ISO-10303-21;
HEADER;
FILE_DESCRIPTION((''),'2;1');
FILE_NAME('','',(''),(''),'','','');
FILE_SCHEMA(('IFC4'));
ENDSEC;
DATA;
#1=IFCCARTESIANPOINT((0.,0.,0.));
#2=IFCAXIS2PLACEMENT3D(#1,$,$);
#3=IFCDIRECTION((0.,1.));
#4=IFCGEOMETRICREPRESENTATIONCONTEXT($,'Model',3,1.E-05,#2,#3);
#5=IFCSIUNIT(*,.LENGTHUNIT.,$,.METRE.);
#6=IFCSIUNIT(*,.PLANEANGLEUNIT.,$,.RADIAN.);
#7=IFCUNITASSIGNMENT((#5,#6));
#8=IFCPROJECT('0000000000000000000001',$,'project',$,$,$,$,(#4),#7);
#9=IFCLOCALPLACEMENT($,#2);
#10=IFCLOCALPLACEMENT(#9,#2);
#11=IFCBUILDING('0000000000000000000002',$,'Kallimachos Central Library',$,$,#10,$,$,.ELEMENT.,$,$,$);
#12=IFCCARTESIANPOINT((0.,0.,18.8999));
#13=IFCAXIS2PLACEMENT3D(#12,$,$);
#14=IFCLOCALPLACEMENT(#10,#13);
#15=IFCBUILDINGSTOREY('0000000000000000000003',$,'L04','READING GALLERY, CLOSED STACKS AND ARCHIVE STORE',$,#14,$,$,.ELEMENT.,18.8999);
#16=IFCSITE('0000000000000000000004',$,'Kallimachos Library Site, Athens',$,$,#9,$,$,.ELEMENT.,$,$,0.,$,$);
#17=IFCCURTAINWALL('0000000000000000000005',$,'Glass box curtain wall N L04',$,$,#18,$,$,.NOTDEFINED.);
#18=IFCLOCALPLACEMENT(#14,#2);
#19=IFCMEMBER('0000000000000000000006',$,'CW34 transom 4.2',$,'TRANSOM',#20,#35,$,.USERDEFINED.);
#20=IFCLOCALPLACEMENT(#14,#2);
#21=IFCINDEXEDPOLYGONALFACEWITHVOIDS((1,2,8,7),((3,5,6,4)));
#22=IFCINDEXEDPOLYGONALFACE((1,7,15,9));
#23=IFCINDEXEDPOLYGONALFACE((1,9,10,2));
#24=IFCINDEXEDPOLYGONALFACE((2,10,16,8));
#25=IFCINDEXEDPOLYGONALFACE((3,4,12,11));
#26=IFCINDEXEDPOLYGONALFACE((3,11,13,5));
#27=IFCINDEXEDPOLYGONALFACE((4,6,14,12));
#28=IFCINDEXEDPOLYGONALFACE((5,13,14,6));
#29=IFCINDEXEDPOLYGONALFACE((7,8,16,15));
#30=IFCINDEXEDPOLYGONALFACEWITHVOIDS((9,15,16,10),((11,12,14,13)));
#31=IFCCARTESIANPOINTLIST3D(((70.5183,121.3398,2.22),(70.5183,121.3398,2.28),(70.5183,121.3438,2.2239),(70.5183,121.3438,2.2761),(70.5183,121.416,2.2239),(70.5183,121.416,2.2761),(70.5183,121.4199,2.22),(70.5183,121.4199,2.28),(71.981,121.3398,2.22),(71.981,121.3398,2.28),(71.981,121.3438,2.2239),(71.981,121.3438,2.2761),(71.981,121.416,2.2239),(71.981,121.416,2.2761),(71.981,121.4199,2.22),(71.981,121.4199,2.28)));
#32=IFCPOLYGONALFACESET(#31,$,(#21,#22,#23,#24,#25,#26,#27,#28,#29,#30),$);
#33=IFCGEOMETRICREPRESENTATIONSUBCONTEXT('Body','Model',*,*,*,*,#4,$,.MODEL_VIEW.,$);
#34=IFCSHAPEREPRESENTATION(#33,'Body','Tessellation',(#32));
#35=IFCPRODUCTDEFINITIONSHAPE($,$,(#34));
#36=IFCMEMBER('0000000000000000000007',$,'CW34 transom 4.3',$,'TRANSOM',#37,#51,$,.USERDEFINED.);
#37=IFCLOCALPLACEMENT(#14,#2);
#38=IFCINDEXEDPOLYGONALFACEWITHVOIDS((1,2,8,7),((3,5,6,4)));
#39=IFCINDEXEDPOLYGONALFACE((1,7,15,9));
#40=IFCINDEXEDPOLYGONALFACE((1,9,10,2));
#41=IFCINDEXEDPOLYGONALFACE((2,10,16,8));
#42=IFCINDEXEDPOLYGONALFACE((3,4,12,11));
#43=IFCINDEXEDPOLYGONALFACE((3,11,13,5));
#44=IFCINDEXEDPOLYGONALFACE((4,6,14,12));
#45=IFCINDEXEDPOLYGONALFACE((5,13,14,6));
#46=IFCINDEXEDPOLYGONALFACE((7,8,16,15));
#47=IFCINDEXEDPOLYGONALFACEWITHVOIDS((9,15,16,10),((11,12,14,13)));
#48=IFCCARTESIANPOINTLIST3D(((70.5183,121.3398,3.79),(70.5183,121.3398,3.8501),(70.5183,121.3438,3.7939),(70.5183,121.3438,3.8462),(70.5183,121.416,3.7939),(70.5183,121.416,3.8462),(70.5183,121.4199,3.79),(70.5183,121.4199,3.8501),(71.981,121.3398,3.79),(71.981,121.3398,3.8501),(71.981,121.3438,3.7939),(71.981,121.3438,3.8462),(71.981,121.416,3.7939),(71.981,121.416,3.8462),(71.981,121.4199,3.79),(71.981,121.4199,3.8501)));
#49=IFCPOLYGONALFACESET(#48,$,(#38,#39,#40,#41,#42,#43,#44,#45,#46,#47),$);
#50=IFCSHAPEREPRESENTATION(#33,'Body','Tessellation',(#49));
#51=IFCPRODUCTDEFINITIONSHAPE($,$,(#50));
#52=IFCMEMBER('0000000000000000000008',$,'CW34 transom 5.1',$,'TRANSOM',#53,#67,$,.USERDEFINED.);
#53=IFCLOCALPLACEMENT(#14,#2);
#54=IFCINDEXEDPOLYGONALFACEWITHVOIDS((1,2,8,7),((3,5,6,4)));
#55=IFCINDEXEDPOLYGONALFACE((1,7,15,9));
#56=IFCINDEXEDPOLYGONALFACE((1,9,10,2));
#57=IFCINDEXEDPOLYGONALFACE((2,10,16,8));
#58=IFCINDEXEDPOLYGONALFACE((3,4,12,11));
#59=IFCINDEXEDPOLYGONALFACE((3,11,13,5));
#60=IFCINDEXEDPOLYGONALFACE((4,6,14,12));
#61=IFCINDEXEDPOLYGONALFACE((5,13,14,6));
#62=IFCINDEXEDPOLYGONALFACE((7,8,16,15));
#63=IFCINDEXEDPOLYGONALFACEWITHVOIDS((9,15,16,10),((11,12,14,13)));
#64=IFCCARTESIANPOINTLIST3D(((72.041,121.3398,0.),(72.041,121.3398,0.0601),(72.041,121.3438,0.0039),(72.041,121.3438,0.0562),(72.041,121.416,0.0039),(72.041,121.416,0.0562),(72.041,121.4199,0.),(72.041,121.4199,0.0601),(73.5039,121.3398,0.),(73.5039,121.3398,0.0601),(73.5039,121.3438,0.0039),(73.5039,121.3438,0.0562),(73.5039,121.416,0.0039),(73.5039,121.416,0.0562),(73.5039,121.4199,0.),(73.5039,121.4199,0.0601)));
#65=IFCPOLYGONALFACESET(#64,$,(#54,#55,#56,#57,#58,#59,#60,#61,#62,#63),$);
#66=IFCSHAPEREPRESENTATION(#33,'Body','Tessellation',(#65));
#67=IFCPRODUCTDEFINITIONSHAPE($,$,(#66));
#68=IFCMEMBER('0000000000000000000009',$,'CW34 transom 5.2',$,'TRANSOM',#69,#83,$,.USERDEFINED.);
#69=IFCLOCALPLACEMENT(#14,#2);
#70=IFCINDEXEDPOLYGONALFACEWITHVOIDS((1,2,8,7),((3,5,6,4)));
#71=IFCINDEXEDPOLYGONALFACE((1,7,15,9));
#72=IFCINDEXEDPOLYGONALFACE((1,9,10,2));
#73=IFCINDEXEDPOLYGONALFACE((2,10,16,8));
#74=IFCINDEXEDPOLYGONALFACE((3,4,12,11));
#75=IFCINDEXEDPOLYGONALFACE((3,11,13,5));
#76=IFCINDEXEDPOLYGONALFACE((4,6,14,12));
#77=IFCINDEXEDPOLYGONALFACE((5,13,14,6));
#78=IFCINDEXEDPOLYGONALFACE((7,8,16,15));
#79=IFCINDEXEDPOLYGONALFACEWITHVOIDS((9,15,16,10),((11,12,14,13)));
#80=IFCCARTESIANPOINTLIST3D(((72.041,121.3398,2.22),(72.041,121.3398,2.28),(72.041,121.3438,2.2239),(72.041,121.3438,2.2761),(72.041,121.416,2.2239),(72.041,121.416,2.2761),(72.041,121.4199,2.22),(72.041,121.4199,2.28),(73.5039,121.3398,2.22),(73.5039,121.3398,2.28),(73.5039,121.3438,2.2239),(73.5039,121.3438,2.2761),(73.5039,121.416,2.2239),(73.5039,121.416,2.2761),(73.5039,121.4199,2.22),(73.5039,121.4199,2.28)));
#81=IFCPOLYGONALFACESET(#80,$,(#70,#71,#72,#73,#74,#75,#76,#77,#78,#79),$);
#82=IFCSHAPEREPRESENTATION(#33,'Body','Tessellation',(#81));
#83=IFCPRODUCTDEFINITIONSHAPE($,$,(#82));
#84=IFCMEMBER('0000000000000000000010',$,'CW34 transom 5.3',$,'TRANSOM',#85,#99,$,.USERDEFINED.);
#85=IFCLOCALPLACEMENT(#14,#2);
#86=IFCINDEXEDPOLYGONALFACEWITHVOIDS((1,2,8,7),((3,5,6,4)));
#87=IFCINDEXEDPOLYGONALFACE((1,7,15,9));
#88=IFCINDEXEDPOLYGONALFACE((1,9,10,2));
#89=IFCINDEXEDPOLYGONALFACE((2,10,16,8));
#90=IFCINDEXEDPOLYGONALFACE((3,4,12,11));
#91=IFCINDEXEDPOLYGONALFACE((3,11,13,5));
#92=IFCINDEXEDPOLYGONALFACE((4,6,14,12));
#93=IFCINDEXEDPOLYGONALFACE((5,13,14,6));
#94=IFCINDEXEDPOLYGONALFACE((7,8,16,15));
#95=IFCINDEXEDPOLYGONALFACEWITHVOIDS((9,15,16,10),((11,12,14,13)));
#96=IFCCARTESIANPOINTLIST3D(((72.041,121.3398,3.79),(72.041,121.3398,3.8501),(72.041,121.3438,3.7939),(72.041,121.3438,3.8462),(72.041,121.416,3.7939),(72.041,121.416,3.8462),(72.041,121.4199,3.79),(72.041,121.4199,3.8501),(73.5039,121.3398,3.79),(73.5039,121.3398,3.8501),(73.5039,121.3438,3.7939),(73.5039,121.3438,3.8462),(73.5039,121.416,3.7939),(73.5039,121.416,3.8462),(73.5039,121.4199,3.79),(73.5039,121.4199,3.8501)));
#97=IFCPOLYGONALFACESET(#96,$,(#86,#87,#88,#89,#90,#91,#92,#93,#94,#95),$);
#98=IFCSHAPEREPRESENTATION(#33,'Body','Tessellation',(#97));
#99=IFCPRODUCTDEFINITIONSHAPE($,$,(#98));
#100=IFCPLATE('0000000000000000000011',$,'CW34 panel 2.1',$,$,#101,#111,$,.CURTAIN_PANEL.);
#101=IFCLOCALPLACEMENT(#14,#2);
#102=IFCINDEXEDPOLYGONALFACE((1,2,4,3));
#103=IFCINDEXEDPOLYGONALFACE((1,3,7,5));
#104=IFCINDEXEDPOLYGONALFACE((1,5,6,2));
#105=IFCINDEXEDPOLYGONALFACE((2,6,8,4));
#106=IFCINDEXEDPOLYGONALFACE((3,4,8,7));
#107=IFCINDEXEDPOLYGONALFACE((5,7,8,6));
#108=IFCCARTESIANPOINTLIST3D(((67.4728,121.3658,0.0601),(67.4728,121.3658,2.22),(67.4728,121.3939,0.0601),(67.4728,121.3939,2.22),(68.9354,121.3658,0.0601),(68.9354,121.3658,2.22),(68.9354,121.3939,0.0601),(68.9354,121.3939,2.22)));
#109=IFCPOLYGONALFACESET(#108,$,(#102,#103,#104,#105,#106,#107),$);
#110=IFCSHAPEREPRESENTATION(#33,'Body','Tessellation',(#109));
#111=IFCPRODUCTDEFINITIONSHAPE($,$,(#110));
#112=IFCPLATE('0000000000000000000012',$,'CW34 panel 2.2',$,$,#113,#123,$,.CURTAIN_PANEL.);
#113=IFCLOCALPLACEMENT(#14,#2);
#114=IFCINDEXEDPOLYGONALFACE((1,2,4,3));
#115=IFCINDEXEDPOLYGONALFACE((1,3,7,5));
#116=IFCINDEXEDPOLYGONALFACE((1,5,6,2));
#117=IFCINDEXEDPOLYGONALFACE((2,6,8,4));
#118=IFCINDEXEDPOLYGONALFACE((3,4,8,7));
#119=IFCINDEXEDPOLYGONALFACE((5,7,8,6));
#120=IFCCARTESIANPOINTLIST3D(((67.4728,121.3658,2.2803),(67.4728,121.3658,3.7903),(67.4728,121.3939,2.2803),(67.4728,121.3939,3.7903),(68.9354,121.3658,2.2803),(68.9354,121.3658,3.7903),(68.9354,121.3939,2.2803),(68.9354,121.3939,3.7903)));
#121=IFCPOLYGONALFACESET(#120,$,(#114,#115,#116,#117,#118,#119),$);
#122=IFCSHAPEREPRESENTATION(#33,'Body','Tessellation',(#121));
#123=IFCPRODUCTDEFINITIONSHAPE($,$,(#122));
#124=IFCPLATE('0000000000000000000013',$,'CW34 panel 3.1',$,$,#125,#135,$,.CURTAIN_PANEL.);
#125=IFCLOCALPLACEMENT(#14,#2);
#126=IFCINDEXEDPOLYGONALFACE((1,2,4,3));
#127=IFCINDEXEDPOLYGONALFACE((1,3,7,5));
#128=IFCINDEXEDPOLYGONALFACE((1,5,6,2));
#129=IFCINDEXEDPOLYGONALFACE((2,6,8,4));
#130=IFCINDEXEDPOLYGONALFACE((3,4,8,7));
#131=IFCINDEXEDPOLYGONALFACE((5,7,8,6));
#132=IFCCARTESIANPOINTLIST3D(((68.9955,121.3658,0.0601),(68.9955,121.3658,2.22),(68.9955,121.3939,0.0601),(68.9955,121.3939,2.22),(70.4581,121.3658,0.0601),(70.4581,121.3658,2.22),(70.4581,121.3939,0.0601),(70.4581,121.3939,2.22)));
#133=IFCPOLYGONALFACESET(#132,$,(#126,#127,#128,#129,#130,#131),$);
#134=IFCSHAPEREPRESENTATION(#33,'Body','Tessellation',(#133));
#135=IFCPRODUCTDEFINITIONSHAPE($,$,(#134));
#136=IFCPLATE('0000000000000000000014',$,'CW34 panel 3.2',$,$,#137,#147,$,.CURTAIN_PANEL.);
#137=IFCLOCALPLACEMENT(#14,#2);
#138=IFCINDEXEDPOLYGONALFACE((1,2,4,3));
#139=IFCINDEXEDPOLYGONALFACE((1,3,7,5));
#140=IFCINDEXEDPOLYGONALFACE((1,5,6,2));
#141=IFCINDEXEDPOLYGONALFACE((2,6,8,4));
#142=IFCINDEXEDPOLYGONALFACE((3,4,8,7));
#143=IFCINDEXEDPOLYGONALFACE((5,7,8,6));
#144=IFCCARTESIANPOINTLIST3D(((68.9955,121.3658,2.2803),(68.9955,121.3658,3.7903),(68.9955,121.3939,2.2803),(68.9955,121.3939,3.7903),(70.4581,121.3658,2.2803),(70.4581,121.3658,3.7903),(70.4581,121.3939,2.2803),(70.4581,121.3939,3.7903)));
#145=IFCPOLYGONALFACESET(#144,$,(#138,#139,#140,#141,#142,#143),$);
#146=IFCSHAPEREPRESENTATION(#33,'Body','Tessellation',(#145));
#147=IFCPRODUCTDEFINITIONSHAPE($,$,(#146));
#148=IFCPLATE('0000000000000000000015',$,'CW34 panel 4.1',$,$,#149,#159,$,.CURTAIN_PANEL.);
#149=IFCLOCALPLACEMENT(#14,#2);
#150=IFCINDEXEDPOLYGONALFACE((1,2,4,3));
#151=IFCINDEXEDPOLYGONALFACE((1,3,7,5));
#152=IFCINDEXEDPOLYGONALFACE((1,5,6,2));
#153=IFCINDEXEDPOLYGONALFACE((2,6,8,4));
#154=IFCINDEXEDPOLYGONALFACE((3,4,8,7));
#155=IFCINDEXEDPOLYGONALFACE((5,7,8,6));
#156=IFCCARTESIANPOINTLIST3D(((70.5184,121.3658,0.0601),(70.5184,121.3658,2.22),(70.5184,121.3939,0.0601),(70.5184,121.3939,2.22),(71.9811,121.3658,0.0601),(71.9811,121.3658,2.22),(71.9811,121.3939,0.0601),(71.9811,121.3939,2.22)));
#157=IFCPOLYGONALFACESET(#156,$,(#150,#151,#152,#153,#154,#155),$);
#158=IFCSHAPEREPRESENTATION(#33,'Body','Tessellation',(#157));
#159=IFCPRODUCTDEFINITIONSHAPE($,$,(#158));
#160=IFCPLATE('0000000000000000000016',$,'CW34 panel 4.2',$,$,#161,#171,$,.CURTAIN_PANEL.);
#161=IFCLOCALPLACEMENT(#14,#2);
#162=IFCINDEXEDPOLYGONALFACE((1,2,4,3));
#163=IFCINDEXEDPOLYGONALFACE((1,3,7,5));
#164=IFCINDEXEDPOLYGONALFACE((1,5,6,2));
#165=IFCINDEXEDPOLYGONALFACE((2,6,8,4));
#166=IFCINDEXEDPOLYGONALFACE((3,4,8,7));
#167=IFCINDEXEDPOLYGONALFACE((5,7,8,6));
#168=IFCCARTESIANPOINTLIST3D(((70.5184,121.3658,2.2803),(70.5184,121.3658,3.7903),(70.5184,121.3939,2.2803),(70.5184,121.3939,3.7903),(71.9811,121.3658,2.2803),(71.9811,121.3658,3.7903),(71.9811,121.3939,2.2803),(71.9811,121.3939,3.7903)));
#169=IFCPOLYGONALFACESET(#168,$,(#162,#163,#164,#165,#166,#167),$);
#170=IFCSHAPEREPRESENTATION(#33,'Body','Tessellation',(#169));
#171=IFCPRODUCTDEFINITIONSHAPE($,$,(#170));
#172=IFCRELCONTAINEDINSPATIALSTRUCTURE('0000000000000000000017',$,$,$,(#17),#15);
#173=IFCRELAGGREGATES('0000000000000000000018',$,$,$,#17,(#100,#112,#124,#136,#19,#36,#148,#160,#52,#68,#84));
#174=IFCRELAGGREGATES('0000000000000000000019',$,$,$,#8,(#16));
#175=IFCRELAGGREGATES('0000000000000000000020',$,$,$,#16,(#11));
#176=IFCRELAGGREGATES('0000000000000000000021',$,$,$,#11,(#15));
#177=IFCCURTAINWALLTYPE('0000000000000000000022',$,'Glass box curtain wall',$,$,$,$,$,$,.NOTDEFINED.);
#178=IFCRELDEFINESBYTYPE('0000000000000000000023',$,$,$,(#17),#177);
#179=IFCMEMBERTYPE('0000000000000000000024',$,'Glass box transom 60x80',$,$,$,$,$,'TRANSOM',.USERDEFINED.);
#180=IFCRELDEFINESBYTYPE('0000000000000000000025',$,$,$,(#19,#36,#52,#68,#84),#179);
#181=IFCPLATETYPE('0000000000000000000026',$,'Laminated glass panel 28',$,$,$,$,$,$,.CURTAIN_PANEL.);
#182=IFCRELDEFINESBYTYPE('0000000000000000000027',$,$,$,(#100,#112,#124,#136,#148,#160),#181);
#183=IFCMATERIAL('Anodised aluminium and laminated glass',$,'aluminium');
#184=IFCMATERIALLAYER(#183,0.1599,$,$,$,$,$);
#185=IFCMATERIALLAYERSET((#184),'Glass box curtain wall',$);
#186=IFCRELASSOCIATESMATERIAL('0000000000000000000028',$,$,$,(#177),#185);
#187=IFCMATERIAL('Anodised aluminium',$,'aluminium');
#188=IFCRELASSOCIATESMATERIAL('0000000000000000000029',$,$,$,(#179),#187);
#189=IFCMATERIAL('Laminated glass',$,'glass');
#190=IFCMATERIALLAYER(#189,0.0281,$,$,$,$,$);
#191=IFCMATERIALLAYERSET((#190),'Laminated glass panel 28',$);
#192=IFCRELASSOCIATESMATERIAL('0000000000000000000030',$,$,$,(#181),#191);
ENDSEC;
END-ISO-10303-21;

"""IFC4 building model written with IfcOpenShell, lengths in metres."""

from ifc_helpers import new_model, si_unit, direction, frame, origin, origin_2d, place, context, subcontext, project, spatial, rectangle, hollow_rectangle, extrude, material, layer, layer_set, material_profile, profile_set, type_object, element, aggregate, save


model = new_model("IFC4")

# Units and contexts
model_context = context("Model", 3, precision=1e-05, world=origin(), true_north=direction((0.0, 1.0)))
body_context = subcontext(model_context, "Body", "Model", "MODEL_VIEW")
ifc_project = project(units=[si_unit("LENGTHUNIT", "METRE"), si_unit("PLANEANGLEUNIT", "RADIAN")], contexts=[model_context])

# Site, building, storey
site_placement = place(None, origin())
site = spatial("IfcSite", under=ifc_project, at=site_placement, Name="Kallimachos Library Site, Athens", CompositionType="ELEMENT", RefElevation=0.0)
building_placement = place(site_placement, origin())
building = spatial("IfcBuilding", under=site, at=building_placement, Name="Kallimachos Central Library", CompositionType="ELEMENT")
storey_placement = place(building_placement, frame((0.0, 0.0, 18.8999)))
storey = spatial("IfcBuildingStorey", under=building, at=storey_placement, Name="L04", Description="READING GALLERY, CLOSED STACKS AND ARCHIVE STORE", CompositionType="ELEMENT", Elevation=18.8999)

# Curtain wall, members, plates
ifc_material_1 = material(Name="Anodised aluminium and laminated glass", Category="aluminium")
ifc_layer_1 = layer(ifc_material_1, 0.1599)
ifc_layer_set_1 = layer_set([ifc_layer_1], Name="Glass box curtain wall")
curtain_wall_type = type_object("IfcCurtainWallType", Name="Glass box curtain wall", PredefinedType="NOTDEFINED", material=ifc_layer_set_1)
curtain_wall_placement = place(storey_placement, origin())
curtain_wall = element("IfcCurtainWall", 1, at=curtain_wall_placement, inside=storey, type_object=curtain_wall_type, Name="Glass box curtain wall N L04", PredefinedType="NOTDEFINED")
ifc_material_2 = material(Name="Anodised aluminium", Category="aluminium")
ifc_material_profile_1 = material_profile(ifc_material_2, hollow_rectangle(XDim=0.0601, YDim=0.0801, WallThickness=0.0039, at=origin_2d()), Name="ALU TRANSOM 60x80")
ifc_profile_set_1 = profile_set([ifc_material_profile_1], Name="Anodised aluminium")
member_type_1 = type_object("IfcMemberType", Name="Glass box transom 60x80", ElementType="TRANSOM", PredefinedType="USERDEFINED", material=ifc_profile_set_1)
member_1_placement = place(storey_placement, frame((70.5183, 121.3799, 2.25), z_axis=(1.0, 0.0, 0.0), x_axis=(0.0, 0.0, 1.0)))
member_1 = element("IfcMember", 2, at=member_1_placement, type_object=member_type_1, Name="CW34 transom 4.2", ObjectType="TRANSOM", PredefinedType="USERDEFINED", context=body_context, shape_type="SweptSolid", body=[
    extrude(hollow_rectangle(XDim=0.0601, YDim=0.0801, WallThickness=0.0039, at=origin_2d()), origin(), (0.0, 0.0, 1.0), 1.4626),
])
member_2_placement = place(storey_placement, frame((70.5183, 121.3799, 3.8201), z_axis=(1.0, 0.0, 0.0), x_axis=(0.0, 0.0, 1.0)))
member_2 = element("IfcMember", 3, at=member_2_placement, type_object=member_type_1, Name="CW34 transom 4.3", ObjectType="TRANSOM", PredefinedType="USERDEFINED", context=body_context, shape_type="SweptSolid", body=[
    extrude(hollow_rectangle(XDim=0.0601, YDim=0.0801, WallThickness=0.0039, at=origin_2d()), origin(), (0.0, 0.0, 1.0), 1.4626),
])
member_3_placement = place(storey_placement, frame((72.041, 121.3799, 0.03), z_axis=(1.0, 0.0, 0.0), x_axis=(0.0, 0.0, 1.0)))
member_3 = element("IfcMember", 4, at=member_3_placement, type_object=member_type_1, Name="CW34 transom 5.1", ObjectType="TRANSOM", PredefinedType="USERDEFINED", context=body_context, shape_type="SweptSolid", body=[
    extrude(hollow_rectangle(XDim=0.0601, YDim=0.0801, WallThickness=0.0039, at=origin_2d()), origin(), (0.0, 0.0, 1.0), 1.4629),
])
member_4_placement = place(storey_placement, frame((72.041, 121.3799, 2.25), z_axis=(1.0, 0.0, 0.0), x_axis=(0.0, 0.0, 1.0)))
member_4 = element("IfcMember", 5, at=member_4_placement, type_object=member_type_1, Name="CW34 transom 5.2", ObjectType="TRANSOM", PredefinedType="USERDEFINED", context=body_context, shape_type="SweptSolid", body=[
    extrude(hollow_rectangle(XDim=0.0601, YDim=0.0801, WallThickness=0.0039, at=origin_2d()), origin(), (0.0, 0.0, 1.0), 1.4629),
])
member_5_placement = place(storey_placement, frame((72.041, 121.3799, 3.8201), z_axis=(1.0, 0.0, 0.0), x_axis=(0.0, 0.0, 1.0)))
member_5 = element("IfcMember", 6, at=member_5_placement, type_object=member_type_1, Name="CW34 transom 5.3", ObjectType="TRANSOM", PredefinedType="USERDEFINED", context=body_context, shape_type="SweptSolid", body=[
    extrude(hollow_rectangle(XDim=0.0601, YDim=0.0801, WallThickness=0.0039, at=origin_2d()), origin(), (0.0, 0.0, 1.0), 1.4629),
])
ifc_material_3 = material(Name="Laminated glass", Category="glass")
ifc_layer_2 = layer(ifc_material_3, 0.0281)
ifc_layer_set_2 = layer_set([ifc_layer_2], Name="Laminated glass panel 28")
plate_type = type_object("IfcPlateType", Name="Laminated glass panel 28", PredefinedType="CURTAIN_PANEL", material=ifc_layer_set_2)
plate_1_placement = place(storey_placement, frame((68.2041, 121.3799, 0.0601), z_axis=(0.0, 0.0, 1.0), x_axis=(1.0, 0.0, 0.0)))
plate_1 = element("IfcPlate", 7, at=plate_1_placement, type_object=plate_type, Name="CW34 panel 2.1", PredefinedType="CURTAIN_PANEL", context=body_context, shape_type="SweptSolid", body=[
    extrude(rectangle(XDim=1.4626, YDim=0.0281, at=origin_2d()), origin(), (0.0, 0.0, 1.0), 2.1599),
])
plate_2_placement = place(storey_placement, frame((68.2041, 121.3799, 2.2803), z_axis=(0.0, 0.0, 1.0), x_axis=(1.0, 0.0, 0.0)))
plate_2 = element("IfcPlate", 8, at=plate_2_placement, type_object=plate_type, Name="CW34 panel 2.2", PredefinedType="CURTAIN_PANEL", context=body_context, shape_type="SweptSolid", body=[
    extrude(rectangle(XDim=1.4626, YDim=0.0281, at=origin_2d()), origin(), (0.0, 0.0, 1.0), 1.51),
])
plate_3_placement = place(storey_placement, frame((69.7268, 121.3799, 0.0601), z_axis=(0.0, 0.0, 1.0), x_axis=(1.0, 0.0, 0.0)))
plate_3 = element("IfcPlate", 9, at=plate_3_placement, type_object=plate_type, Name="CW34 panel 3.1", PredefinedType="CURTAIN_PANEL", context=body_context, shape_type="SweptSolid", body=[
    extrude(rectangle(XDim=1.4626, YDim=0.0281, at=origin_2d()), origin(), (0.0, 0.0, 1.0), 2.1599),
])
plate_4_placement = place(storey_placement, frame((69.7268, 121.3799, 2.2803), z_axis=(0.0, 0.0, 1.0), x_axis=(1.0, 0.0, 0.0)))
plate_4 = element("IfcPlate", 10, at=plate_4_placement, type_object=plate_type, Name="CW34 panel 3.2", PredefinedType="CURTAIN_PANEL", context=body_context, shape_type="SweptSolid", body=[
    extrude(rectangle(XDim=1.4626, YDim=0.0281, at=origin_2d()), origin(), (0.0, 0.0, 1.0), 1.51),
])
plate_5_placement = place(storey_placement, frame((71.2498, 121.3799, 0.0601), z_axis=(0.0, 0.0, 1.0), x_axis=(1.0, 0.0, 0.0)))
plate_5 = element("IfcPlate", 11, at=plate_5_placement, type_object=plate_type, Name="CW34 panel 4.1", PredefinedType="CURTAIN_PANEL", context=body_context, shape_type="SweptSolid", body=[
    extrude(rectangle(XDim=1.4626, YDim=0.0281, at=origin_2d()), origin(), (0.0, 0.0, 1.0), 2.1599),
])
plate_6_placement = place(storey_placement, frame((71.2498, 121.3799, 2.2803), z_axis=(0.0, 0.0, 1.0), x_axis=(1.0, 0.0, 0.0)))
plate_6 = element("IfcPlate", 12, at=plate_6_placement, type_object=plate_type, Name="CW34 panel 4.2", PredefinedType="CURTAIN_PANEL", context=body_context, shape_type="SweptSolid", body=[
    extrude(rectangle(XDim=1.4626, YDim=0.0281, at=origin_2d()), origin(), (0.0, 0.0, 1.0), 1.51),
])
aggregate(curtain_wall, [plate_1, plate_2, plate_3, plate_4, member_1, member_2, plate_5, plate_6, member_3, member_4, member_5])

save(model, "model.ifc")
